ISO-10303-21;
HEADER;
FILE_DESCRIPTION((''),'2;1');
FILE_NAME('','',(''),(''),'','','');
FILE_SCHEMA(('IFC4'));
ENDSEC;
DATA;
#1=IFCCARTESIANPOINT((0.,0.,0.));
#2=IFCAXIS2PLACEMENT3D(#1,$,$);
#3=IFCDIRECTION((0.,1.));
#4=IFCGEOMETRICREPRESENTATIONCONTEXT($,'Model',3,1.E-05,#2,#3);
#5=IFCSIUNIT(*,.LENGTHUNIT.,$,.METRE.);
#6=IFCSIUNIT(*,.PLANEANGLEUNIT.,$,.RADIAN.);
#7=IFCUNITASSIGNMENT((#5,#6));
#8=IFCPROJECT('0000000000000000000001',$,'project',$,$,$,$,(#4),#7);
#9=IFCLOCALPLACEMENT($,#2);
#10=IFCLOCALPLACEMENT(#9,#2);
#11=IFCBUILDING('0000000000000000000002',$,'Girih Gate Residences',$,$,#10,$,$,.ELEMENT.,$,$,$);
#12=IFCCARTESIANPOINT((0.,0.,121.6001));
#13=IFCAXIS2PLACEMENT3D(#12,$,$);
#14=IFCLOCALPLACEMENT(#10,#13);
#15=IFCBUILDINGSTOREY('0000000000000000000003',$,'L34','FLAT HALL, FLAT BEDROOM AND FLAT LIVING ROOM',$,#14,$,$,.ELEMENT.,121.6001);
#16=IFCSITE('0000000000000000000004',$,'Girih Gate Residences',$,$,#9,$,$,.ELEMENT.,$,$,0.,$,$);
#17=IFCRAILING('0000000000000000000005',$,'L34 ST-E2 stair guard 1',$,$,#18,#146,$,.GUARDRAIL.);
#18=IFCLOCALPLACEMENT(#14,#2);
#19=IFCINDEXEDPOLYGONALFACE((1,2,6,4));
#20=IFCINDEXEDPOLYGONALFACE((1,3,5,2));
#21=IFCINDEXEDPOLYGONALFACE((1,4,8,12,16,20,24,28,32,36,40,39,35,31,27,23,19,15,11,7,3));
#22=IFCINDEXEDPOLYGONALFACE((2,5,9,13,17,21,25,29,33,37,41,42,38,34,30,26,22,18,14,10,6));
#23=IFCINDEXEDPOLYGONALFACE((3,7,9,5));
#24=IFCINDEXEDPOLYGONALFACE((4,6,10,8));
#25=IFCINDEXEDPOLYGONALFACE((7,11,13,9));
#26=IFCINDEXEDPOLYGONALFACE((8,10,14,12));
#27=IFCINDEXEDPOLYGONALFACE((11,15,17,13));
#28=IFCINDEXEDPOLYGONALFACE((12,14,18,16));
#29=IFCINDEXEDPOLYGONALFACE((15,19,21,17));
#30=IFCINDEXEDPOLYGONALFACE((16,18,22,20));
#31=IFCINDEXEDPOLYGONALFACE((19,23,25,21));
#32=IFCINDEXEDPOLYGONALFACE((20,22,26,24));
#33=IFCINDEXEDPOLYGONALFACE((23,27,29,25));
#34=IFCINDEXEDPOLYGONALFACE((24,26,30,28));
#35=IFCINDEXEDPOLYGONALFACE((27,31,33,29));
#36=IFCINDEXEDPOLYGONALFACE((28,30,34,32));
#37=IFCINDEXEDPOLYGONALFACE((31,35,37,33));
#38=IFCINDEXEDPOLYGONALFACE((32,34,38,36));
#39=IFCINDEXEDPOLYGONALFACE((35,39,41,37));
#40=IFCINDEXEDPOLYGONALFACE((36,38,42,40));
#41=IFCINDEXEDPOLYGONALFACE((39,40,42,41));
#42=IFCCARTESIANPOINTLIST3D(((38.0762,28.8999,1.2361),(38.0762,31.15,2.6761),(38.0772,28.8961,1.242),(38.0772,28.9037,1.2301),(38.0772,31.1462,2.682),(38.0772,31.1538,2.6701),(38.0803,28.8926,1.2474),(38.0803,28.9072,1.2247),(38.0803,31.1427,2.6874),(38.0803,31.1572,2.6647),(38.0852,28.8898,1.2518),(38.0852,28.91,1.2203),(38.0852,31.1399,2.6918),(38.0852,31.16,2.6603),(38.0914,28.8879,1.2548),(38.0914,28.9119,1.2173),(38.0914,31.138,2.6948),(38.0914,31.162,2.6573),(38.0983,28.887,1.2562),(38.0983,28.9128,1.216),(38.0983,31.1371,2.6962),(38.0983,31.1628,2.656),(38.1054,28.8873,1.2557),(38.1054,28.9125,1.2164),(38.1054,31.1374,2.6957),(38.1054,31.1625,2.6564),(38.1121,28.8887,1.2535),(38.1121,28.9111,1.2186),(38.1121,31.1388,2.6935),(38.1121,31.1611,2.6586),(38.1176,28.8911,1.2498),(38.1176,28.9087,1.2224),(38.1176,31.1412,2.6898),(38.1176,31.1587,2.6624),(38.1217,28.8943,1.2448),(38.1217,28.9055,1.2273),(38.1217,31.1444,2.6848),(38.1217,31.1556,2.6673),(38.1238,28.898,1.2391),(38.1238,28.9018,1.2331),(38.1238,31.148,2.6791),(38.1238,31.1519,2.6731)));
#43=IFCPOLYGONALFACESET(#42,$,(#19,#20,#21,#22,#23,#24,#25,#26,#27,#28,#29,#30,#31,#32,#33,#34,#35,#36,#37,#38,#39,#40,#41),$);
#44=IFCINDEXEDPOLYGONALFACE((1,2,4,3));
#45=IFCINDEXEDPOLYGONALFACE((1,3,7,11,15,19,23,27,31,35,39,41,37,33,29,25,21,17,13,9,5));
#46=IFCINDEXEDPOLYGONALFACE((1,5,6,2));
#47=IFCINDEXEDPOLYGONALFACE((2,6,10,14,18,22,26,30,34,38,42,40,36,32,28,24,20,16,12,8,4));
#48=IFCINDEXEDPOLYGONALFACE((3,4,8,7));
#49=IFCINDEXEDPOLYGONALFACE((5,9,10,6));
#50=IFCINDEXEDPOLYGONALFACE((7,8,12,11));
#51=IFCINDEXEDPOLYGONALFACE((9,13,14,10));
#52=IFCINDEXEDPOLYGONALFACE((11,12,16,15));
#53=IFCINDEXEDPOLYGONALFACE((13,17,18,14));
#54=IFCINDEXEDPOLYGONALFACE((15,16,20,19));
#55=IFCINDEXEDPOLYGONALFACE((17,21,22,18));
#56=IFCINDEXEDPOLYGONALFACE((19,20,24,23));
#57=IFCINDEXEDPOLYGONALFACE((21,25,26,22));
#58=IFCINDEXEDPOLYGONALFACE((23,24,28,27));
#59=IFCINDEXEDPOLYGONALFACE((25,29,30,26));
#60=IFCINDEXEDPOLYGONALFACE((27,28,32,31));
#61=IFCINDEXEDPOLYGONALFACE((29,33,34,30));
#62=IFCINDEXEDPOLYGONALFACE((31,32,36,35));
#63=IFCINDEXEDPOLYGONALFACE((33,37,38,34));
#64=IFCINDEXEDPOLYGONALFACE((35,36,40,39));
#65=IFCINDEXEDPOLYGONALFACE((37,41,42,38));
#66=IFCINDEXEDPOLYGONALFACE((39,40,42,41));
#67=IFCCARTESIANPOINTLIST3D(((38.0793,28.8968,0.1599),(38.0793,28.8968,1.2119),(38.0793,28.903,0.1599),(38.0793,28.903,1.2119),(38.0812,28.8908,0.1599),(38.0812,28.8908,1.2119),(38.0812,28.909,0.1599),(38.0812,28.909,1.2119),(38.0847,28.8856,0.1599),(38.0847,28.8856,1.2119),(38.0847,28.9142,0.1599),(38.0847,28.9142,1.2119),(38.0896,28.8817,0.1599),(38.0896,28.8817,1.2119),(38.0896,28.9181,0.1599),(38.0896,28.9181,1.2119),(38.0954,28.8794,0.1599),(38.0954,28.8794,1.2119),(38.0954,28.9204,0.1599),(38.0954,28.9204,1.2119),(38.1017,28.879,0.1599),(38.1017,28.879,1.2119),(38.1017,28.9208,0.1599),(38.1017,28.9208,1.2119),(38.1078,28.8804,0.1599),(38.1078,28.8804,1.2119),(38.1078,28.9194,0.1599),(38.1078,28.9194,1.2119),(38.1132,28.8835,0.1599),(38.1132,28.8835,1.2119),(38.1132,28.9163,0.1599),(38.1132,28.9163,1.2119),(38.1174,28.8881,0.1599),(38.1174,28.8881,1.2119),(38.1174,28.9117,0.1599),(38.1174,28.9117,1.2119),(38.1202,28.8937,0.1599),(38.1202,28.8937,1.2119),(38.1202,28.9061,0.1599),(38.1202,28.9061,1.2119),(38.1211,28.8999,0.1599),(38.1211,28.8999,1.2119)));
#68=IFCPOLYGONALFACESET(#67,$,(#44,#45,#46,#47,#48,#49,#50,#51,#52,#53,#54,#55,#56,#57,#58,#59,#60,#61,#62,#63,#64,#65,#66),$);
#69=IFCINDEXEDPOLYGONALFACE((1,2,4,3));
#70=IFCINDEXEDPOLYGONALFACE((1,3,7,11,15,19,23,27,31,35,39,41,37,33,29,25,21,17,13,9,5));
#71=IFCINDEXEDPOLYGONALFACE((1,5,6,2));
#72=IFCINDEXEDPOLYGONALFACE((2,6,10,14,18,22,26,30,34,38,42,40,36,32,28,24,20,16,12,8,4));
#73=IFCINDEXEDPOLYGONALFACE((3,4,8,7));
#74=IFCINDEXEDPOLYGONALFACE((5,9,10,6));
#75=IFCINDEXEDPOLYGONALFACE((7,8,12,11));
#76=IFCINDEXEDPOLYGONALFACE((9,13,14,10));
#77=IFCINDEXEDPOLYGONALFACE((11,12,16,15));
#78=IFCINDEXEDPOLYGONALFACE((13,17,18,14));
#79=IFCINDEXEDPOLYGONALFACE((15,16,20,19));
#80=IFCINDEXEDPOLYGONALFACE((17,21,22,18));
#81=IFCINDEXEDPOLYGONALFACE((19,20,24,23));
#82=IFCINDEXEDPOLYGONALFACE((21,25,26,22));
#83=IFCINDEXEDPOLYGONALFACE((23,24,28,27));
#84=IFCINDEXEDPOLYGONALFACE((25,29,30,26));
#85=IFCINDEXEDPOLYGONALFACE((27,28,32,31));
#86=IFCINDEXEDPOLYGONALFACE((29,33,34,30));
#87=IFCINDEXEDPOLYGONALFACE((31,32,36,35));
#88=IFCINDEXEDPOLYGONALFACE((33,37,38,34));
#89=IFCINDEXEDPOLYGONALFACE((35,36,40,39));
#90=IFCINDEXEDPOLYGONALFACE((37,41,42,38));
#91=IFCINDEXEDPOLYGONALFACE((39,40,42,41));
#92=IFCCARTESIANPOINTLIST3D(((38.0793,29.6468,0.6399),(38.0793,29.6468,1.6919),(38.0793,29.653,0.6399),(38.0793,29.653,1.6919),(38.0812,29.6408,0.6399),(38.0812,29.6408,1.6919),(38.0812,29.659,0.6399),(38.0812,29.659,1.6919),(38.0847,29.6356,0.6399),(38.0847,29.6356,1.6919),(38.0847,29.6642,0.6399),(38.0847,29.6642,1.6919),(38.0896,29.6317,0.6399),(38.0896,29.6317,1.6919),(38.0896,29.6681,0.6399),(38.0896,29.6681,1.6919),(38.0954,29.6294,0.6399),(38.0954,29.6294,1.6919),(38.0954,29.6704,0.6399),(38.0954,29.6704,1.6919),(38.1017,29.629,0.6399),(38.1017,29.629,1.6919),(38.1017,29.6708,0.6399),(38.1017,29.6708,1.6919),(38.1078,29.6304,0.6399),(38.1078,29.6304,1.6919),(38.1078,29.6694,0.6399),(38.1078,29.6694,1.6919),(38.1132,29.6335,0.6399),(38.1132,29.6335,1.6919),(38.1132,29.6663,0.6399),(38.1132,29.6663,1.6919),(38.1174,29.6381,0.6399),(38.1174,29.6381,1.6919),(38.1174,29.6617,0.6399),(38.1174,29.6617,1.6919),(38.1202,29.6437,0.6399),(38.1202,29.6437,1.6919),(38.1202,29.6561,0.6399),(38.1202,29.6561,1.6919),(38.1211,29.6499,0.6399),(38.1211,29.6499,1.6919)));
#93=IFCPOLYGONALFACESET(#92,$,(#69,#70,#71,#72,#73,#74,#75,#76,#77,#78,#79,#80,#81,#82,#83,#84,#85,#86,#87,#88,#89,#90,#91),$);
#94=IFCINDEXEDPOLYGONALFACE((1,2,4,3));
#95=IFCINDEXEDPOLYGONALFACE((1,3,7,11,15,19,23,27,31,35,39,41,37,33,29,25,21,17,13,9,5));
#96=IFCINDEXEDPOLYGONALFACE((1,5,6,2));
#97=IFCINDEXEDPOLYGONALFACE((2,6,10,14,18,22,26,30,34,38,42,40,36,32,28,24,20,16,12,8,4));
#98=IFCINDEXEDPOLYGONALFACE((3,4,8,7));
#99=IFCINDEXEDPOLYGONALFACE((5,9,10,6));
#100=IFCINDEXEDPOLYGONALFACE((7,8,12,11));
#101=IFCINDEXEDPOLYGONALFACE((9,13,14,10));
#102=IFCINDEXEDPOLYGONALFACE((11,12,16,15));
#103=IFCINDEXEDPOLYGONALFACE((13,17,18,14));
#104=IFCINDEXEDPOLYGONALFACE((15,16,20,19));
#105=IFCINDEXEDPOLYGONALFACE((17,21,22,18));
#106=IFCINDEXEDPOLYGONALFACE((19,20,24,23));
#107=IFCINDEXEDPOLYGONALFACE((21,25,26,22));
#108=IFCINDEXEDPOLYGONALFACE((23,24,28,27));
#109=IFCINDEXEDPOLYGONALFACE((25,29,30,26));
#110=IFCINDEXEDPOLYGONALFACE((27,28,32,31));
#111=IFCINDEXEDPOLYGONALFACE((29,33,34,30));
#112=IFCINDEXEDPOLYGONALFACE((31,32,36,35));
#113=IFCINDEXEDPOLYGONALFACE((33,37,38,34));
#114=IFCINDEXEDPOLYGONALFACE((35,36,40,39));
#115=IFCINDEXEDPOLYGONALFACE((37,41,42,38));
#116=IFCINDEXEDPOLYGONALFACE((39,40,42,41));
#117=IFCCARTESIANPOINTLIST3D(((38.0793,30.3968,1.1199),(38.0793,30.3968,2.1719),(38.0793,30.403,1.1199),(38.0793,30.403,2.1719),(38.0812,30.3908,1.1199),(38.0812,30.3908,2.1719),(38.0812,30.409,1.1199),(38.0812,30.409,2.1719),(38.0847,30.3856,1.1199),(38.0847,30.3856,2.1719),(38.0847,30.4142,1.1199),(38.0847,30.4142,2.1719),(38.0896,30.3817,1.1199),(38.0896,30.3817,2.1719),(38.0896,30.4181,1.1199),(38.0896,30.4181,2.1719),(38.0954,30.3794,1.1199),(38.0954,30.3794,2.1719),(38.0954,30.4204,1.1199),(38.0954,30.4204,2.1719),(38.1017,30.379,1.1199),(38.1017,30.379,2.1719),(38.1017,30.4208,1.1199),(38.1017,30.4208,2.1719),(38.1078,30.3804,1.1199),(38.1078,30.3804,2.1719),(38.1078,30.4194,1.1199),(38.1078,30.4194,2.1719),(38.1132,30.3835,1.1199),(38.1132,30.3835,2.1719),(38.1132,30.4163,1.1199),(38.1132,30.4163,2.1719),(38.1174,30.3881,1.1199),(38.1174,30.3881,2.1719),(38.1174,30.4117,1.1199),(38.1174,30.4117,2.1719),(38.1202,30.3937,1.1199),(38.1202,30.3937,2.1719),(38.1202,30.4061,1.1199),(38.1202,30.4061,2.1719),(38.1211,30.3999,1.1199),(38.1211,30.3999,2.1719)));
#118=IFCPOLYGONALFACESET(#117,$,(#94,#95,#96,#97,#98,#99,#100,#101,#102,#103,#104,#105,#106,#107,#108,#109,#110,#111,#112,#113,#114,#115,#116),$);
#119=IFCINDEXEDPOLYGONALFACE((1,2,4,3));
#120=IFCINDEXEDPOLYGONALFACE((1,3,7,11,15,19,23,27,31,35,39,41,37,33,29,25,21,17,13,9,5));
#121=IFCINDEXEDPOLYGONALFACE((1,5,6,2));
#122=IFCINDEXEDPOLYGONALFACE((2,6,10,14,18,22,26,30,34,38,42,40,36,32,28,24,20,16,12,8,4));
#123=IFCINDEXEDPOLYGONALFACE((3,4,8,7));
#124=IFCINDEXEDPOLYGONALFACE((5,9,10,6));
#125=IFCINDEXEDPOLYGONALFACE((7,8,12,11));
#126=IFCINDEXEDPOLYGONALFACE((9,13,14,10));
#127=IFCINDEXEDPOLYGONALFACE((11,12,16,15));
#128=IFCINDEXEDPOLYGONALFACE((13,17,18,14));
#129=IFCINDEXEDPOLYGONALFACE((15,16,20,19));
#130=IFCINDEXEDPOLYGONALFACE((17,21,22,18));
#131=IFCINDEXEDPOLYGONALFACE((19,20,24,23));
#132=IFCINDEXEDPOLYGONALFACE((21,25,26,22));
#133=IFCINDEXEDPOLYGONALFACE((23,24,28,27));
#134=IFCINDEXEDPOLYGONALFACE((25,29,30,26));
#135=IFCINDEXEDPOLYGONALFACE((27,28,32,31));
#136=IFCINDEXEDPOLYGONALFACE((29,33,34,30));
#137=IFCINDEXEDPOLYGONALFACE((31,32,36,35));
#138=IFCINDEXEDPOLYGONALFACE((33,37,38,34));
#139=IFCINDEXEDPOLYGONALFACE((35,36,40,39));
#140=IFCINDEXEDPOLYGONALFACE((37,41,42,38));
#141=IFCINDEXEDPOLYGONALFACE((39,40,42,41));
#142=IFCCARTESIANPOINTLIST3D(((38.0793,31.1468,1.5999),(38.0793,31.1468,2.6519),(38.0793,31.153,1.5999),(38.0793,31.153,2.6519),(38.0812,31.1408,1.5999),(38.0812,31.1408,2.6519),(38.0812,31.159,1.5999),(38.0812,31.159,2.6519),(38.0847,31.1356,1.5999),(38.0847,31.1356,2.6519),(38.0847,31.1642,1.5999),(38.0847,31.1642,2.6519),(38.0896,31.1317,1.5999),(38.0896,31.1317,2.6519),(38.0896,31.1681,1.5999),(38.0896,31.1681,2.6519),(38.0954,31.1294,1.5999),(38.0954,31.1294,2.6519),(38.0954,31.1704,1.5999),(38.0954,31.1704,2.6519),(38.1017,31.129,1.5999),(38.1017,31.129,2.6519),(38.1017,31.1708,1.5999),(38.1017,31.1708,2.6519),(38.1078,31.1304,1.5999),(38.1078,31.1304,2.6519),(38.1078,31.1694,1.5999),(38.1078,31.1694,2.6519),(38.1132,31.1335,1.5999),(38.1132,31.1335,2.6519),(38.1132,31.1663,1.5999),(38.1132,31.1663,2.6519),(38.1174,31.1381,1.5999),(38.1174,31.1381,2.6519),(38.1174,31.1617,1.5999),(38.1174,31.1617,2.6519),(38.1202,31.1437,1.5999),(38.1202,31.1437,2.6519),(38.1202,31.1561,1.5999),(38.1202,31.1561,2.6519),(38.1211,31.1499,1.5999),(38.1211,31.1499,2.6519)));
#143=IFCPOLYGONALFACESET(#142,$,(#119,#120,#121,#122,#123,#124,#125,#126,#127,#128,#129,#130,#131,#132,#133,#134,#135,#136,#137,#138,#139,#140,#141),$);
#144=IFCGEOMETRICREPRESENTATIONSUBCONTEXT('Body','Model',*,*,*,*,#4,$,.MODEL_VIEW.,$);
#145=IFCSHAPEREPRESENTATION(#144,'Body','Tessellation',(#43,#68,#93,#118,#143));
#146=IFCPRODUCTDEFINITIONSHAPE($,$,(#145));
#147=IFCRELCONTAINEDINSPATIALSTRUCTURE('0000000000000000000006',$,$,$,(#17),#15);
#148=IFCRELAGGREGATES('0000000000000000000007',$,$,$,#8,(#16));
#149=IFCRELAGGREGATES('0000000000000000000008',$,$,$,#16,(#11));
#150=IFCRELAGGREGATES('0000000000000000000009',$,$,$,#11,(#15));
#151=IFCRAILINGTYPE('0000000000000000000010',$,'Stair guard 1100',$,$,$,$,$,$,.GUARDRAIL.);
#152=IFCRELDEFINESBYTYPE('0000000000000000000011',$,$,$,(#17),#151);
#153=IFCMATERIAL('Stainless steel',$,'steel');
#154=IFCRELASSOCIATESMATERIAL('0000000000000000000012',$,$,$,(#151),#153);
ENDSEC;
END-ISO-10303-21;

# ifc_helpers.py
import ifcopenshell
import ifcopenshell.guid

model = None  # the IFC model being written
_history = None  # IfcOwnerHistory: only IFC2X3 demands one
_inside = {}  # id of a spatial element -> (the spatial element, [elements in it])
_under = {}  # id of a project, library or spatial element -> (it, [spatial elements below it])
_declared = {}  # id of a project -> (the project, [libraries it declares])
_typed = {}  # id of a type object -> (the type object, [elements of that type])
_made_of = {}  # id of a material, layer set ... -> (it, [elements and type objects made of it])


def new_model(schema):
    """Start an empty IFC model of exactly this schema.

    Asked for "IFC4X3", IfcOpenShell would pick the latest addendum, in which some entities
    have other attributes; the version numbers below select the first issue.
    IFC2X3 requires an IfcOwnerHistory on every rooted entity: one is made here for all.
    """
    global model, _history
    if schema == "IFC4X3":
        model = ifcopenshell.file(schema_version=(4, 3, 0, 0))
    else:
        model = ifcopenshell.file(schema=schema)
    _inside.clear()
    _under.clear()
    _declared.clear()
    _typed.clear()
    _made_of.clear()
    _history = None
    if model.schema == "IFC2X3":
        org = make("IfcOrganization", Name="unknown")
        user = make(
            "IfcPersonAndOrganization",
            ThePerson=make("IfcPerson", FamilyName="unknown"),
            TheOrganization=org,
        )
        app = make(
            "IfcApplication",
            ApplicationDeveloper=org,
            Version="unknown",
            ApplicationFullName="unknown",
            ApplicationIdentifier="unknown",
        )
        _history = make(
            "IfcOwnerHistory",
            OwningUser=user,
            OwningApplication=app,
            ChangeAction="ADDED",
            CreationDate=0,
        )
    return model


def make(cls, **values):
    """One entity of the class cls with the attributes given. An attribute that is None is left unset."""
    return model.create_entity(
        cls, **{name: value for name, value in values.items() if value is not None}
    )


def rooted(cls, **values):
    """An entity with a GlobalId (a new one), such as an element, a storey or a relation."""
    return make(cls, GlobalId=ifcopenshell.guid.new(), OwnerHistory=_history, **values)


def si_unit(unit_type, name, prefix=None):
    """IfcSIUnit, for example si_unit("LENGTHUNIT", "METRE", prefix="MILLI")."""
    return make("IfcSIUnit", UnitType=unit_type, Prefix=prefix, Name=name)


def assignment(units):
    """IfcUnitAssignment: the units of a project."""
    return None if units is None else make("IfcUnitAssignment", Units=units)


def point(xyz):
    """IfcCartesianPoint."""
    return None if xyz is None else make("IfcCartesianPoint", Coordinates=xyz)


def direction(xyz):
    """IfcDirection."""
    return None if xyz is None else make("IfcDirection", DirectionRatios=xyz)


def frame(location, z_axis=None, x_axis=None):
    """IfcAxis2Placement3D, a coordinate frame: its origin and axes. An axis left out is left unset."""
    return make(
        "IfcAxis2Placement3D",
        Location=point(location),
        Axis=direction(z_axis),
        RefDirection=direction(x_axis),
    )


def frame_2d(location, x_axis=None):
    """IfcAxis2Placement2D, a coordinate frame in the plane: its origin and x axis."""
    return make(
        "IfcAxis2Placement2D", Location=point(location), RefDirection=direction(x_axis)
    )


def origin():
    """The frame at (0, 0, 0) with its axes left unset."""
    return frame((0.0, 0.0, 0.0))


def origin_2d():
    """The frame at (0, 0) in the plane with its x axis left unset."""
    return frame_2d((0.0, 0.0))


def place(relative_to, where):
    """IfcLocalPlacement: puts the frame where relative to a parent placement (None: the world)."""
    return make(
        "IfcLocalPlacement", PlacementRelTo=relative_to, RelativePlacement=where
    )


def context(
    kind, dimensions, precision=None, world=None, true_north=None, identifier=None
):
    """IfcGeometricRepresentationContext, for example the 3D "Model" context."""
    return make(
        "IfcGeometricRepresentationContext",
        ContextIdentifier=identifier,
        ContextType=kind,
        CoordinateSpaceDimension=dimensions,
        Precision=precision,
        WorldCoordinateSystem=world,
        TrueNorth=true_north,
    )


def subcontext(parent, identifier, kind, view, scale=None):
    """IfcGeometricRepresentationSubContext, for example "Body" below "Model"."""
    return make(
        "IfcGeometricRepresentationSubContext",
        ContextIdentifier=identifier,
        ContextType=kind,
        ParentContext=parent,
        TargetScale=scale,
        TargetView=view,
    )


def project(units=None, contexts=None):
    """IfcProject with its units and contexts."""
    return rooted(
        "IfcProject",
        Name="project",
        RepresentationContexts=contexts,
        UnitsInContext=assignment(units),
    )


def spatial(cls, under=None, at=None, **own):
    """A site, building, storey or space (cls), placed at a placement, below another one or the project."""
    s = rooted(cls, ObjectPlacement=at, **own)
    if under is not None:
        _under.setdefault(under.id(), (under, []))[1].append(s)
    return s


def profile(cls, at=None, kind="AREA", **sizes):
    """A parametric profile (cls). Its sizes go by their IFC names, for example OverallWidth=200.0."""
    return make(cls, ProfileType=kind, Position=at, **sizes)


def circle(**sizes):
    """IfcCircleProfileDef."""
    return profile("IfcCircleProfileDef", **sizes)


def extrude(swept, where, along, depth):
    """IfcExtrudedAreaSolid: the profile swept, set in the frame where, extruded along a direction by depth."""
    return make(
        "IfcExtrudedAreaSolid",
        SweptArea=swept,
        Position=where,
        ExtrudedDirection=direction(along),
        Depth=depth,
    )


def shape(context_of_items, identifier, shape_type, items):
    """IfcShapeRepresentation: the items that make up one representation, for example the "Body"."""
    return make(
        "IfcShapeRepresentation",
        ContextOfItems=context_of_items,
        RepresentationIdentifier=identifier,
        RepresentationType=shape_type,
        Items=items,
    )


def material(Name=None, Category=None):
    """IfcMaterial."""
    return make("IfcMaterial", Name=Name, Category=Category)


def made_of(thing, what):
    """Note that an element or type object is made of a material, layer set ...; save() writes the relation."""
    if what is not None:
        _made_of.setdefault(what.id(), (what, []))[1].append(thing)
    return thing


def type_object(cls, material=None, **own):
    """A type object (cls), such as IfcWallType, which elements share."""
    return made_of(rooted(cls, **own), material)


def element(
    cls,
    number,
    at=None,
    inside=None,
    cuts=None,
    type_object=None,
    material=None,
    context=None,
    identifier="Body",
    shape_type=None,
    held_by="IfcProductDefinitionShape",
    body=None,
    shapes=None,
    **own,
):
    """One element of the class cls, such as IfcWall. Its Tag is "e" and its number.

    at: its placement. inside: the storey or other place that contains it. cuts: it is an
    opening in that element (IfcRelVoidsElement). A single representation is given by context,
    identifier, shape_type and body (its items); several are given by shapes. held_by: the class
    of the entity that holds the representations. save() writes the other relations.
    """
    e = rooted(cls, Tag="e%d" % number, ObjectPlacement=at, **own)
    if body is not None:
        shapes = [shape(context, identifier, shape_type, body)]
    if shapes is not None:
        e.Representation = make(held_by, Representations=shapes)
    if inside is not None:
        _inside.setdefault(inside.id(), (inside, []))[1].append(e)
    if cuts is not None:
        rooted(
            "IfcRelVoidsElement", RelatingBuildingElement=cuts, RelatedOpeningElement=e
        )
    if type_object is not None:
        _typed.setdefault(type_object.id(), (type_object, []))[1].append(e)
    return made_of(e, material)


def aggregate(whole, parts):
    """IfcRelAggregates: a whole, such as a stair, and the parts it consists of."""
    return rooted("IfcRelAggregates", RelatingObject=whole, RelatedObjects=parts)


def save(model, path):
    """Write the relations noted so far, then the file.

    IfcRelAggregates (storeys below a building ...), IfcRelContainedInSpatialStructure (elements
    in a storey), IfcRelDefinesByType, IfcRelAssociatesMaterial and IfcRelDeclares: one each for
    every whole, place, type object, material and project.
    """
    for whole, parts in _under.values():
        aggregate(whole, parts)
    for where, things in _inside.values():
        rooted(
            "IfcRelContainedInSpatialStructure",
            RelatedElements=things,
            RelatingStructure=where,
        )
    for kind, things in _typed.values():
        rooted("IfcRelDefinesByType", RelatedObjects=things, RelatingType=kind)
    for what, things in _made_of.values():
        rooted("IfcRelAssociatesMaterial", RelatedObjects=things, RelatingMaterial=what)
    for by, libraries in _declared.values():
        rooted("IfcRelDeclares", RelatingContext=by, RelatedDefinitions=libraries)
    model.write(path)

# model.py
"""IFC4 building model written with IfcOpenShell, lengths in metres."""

from ifc_helpers import new_model, si_unit, direction, frame, origin, origin_2d, place, context, subcontext, project, spatial, circle, extrude, material, type_object, element, save


model = new_model("IFC4")

# Units and contexts
model_context = context("Model", 3, precision=1e-05, world=origin(), true_north=direction((0.0, 1.0)))
body_context = subcontext(model_context, "Body", "Model", "MODEL_VIEW")
ifc_project = project(units=[si_unit("LENGTHUNIT", "METRE"), si_unit("PLANEANGLEUNIT", "RADIAN")], contexts=[model_context])

# Site, building, storey
site_placement = place(None, origin())
site = spatial("IfcSite", under=ifc_project, at=site_placement, Name="Girih Gate Residences", CompositionType="ELEMENT", RefElevation=0.0)
building_placement = place(site_placement, origin())
building = spatial("IfcBuilding", under=site, at=building_placement, Name="Girih Gate Residences", CompositionType="ELEMENT")
storey_placement = place(building_placement, frame((0.0, 0.0, 121.6001)))
storey = spatial("IfcBuildingStorey", under=building, at=storey_placement, Name="L34", Description="FLAT HALL, FLAT BEDROOM AND FLAT LIVING ROOM", CompositionType="ELEMENT", Elevation=121.6001)

# Railing
ifc_material_1 = material(Name="Stainless steel", Category="steel")
railing_type_1 = type_object("IfcRailingType", Name="Stair guard 1100", PredefinedType="GUARDRAIL", material=ifc_material_1)
railing_1_placement = place(storey_placement, frame((38.1001, 28.8999, 0.1599)))
element("IfcRailing", 1, at=railing_1_placement, inside=storey, type_object=railing_type_1, Name="L34 ST-E2 stair guard 1", PredefinedType="GUARDRAIL", context=body_context, shape_type="SweptSolid", body=[
    extrude(circle(Radius=0.0239, at=origin_2d()), frame((0.0, 0.0, 1.0762), z_axis=(0.0, 0.842281, 0.539038), x_axis=(-1.0, 0.0, 0.0)), (0.0, 0.0, 1.0), 2.6714),
    extrude(circle(Radius=0.021, at=origin_2d()), origin(), (0.0, 0.0, 1.0), 1.052),
    extrude(circle(Radius=0.021, at=origin_2d()), frame((0.0, 0.75, 0.48)), (0.0, 0.0, 1.0), 1.052),
    extrude(circle(Radius=0.021, at=origin_2d()), frame((0.0, 1.5, 0.96)), (0.0, 0.0, 1.0), 1.052),
    extrude(circle(Radius=0.021, at=origin_2d()), frame((0.0, 2.25, 1.4399)), (0.0, 0.0, 1.0), 1.052),
])

save(model, "model.ifc")
